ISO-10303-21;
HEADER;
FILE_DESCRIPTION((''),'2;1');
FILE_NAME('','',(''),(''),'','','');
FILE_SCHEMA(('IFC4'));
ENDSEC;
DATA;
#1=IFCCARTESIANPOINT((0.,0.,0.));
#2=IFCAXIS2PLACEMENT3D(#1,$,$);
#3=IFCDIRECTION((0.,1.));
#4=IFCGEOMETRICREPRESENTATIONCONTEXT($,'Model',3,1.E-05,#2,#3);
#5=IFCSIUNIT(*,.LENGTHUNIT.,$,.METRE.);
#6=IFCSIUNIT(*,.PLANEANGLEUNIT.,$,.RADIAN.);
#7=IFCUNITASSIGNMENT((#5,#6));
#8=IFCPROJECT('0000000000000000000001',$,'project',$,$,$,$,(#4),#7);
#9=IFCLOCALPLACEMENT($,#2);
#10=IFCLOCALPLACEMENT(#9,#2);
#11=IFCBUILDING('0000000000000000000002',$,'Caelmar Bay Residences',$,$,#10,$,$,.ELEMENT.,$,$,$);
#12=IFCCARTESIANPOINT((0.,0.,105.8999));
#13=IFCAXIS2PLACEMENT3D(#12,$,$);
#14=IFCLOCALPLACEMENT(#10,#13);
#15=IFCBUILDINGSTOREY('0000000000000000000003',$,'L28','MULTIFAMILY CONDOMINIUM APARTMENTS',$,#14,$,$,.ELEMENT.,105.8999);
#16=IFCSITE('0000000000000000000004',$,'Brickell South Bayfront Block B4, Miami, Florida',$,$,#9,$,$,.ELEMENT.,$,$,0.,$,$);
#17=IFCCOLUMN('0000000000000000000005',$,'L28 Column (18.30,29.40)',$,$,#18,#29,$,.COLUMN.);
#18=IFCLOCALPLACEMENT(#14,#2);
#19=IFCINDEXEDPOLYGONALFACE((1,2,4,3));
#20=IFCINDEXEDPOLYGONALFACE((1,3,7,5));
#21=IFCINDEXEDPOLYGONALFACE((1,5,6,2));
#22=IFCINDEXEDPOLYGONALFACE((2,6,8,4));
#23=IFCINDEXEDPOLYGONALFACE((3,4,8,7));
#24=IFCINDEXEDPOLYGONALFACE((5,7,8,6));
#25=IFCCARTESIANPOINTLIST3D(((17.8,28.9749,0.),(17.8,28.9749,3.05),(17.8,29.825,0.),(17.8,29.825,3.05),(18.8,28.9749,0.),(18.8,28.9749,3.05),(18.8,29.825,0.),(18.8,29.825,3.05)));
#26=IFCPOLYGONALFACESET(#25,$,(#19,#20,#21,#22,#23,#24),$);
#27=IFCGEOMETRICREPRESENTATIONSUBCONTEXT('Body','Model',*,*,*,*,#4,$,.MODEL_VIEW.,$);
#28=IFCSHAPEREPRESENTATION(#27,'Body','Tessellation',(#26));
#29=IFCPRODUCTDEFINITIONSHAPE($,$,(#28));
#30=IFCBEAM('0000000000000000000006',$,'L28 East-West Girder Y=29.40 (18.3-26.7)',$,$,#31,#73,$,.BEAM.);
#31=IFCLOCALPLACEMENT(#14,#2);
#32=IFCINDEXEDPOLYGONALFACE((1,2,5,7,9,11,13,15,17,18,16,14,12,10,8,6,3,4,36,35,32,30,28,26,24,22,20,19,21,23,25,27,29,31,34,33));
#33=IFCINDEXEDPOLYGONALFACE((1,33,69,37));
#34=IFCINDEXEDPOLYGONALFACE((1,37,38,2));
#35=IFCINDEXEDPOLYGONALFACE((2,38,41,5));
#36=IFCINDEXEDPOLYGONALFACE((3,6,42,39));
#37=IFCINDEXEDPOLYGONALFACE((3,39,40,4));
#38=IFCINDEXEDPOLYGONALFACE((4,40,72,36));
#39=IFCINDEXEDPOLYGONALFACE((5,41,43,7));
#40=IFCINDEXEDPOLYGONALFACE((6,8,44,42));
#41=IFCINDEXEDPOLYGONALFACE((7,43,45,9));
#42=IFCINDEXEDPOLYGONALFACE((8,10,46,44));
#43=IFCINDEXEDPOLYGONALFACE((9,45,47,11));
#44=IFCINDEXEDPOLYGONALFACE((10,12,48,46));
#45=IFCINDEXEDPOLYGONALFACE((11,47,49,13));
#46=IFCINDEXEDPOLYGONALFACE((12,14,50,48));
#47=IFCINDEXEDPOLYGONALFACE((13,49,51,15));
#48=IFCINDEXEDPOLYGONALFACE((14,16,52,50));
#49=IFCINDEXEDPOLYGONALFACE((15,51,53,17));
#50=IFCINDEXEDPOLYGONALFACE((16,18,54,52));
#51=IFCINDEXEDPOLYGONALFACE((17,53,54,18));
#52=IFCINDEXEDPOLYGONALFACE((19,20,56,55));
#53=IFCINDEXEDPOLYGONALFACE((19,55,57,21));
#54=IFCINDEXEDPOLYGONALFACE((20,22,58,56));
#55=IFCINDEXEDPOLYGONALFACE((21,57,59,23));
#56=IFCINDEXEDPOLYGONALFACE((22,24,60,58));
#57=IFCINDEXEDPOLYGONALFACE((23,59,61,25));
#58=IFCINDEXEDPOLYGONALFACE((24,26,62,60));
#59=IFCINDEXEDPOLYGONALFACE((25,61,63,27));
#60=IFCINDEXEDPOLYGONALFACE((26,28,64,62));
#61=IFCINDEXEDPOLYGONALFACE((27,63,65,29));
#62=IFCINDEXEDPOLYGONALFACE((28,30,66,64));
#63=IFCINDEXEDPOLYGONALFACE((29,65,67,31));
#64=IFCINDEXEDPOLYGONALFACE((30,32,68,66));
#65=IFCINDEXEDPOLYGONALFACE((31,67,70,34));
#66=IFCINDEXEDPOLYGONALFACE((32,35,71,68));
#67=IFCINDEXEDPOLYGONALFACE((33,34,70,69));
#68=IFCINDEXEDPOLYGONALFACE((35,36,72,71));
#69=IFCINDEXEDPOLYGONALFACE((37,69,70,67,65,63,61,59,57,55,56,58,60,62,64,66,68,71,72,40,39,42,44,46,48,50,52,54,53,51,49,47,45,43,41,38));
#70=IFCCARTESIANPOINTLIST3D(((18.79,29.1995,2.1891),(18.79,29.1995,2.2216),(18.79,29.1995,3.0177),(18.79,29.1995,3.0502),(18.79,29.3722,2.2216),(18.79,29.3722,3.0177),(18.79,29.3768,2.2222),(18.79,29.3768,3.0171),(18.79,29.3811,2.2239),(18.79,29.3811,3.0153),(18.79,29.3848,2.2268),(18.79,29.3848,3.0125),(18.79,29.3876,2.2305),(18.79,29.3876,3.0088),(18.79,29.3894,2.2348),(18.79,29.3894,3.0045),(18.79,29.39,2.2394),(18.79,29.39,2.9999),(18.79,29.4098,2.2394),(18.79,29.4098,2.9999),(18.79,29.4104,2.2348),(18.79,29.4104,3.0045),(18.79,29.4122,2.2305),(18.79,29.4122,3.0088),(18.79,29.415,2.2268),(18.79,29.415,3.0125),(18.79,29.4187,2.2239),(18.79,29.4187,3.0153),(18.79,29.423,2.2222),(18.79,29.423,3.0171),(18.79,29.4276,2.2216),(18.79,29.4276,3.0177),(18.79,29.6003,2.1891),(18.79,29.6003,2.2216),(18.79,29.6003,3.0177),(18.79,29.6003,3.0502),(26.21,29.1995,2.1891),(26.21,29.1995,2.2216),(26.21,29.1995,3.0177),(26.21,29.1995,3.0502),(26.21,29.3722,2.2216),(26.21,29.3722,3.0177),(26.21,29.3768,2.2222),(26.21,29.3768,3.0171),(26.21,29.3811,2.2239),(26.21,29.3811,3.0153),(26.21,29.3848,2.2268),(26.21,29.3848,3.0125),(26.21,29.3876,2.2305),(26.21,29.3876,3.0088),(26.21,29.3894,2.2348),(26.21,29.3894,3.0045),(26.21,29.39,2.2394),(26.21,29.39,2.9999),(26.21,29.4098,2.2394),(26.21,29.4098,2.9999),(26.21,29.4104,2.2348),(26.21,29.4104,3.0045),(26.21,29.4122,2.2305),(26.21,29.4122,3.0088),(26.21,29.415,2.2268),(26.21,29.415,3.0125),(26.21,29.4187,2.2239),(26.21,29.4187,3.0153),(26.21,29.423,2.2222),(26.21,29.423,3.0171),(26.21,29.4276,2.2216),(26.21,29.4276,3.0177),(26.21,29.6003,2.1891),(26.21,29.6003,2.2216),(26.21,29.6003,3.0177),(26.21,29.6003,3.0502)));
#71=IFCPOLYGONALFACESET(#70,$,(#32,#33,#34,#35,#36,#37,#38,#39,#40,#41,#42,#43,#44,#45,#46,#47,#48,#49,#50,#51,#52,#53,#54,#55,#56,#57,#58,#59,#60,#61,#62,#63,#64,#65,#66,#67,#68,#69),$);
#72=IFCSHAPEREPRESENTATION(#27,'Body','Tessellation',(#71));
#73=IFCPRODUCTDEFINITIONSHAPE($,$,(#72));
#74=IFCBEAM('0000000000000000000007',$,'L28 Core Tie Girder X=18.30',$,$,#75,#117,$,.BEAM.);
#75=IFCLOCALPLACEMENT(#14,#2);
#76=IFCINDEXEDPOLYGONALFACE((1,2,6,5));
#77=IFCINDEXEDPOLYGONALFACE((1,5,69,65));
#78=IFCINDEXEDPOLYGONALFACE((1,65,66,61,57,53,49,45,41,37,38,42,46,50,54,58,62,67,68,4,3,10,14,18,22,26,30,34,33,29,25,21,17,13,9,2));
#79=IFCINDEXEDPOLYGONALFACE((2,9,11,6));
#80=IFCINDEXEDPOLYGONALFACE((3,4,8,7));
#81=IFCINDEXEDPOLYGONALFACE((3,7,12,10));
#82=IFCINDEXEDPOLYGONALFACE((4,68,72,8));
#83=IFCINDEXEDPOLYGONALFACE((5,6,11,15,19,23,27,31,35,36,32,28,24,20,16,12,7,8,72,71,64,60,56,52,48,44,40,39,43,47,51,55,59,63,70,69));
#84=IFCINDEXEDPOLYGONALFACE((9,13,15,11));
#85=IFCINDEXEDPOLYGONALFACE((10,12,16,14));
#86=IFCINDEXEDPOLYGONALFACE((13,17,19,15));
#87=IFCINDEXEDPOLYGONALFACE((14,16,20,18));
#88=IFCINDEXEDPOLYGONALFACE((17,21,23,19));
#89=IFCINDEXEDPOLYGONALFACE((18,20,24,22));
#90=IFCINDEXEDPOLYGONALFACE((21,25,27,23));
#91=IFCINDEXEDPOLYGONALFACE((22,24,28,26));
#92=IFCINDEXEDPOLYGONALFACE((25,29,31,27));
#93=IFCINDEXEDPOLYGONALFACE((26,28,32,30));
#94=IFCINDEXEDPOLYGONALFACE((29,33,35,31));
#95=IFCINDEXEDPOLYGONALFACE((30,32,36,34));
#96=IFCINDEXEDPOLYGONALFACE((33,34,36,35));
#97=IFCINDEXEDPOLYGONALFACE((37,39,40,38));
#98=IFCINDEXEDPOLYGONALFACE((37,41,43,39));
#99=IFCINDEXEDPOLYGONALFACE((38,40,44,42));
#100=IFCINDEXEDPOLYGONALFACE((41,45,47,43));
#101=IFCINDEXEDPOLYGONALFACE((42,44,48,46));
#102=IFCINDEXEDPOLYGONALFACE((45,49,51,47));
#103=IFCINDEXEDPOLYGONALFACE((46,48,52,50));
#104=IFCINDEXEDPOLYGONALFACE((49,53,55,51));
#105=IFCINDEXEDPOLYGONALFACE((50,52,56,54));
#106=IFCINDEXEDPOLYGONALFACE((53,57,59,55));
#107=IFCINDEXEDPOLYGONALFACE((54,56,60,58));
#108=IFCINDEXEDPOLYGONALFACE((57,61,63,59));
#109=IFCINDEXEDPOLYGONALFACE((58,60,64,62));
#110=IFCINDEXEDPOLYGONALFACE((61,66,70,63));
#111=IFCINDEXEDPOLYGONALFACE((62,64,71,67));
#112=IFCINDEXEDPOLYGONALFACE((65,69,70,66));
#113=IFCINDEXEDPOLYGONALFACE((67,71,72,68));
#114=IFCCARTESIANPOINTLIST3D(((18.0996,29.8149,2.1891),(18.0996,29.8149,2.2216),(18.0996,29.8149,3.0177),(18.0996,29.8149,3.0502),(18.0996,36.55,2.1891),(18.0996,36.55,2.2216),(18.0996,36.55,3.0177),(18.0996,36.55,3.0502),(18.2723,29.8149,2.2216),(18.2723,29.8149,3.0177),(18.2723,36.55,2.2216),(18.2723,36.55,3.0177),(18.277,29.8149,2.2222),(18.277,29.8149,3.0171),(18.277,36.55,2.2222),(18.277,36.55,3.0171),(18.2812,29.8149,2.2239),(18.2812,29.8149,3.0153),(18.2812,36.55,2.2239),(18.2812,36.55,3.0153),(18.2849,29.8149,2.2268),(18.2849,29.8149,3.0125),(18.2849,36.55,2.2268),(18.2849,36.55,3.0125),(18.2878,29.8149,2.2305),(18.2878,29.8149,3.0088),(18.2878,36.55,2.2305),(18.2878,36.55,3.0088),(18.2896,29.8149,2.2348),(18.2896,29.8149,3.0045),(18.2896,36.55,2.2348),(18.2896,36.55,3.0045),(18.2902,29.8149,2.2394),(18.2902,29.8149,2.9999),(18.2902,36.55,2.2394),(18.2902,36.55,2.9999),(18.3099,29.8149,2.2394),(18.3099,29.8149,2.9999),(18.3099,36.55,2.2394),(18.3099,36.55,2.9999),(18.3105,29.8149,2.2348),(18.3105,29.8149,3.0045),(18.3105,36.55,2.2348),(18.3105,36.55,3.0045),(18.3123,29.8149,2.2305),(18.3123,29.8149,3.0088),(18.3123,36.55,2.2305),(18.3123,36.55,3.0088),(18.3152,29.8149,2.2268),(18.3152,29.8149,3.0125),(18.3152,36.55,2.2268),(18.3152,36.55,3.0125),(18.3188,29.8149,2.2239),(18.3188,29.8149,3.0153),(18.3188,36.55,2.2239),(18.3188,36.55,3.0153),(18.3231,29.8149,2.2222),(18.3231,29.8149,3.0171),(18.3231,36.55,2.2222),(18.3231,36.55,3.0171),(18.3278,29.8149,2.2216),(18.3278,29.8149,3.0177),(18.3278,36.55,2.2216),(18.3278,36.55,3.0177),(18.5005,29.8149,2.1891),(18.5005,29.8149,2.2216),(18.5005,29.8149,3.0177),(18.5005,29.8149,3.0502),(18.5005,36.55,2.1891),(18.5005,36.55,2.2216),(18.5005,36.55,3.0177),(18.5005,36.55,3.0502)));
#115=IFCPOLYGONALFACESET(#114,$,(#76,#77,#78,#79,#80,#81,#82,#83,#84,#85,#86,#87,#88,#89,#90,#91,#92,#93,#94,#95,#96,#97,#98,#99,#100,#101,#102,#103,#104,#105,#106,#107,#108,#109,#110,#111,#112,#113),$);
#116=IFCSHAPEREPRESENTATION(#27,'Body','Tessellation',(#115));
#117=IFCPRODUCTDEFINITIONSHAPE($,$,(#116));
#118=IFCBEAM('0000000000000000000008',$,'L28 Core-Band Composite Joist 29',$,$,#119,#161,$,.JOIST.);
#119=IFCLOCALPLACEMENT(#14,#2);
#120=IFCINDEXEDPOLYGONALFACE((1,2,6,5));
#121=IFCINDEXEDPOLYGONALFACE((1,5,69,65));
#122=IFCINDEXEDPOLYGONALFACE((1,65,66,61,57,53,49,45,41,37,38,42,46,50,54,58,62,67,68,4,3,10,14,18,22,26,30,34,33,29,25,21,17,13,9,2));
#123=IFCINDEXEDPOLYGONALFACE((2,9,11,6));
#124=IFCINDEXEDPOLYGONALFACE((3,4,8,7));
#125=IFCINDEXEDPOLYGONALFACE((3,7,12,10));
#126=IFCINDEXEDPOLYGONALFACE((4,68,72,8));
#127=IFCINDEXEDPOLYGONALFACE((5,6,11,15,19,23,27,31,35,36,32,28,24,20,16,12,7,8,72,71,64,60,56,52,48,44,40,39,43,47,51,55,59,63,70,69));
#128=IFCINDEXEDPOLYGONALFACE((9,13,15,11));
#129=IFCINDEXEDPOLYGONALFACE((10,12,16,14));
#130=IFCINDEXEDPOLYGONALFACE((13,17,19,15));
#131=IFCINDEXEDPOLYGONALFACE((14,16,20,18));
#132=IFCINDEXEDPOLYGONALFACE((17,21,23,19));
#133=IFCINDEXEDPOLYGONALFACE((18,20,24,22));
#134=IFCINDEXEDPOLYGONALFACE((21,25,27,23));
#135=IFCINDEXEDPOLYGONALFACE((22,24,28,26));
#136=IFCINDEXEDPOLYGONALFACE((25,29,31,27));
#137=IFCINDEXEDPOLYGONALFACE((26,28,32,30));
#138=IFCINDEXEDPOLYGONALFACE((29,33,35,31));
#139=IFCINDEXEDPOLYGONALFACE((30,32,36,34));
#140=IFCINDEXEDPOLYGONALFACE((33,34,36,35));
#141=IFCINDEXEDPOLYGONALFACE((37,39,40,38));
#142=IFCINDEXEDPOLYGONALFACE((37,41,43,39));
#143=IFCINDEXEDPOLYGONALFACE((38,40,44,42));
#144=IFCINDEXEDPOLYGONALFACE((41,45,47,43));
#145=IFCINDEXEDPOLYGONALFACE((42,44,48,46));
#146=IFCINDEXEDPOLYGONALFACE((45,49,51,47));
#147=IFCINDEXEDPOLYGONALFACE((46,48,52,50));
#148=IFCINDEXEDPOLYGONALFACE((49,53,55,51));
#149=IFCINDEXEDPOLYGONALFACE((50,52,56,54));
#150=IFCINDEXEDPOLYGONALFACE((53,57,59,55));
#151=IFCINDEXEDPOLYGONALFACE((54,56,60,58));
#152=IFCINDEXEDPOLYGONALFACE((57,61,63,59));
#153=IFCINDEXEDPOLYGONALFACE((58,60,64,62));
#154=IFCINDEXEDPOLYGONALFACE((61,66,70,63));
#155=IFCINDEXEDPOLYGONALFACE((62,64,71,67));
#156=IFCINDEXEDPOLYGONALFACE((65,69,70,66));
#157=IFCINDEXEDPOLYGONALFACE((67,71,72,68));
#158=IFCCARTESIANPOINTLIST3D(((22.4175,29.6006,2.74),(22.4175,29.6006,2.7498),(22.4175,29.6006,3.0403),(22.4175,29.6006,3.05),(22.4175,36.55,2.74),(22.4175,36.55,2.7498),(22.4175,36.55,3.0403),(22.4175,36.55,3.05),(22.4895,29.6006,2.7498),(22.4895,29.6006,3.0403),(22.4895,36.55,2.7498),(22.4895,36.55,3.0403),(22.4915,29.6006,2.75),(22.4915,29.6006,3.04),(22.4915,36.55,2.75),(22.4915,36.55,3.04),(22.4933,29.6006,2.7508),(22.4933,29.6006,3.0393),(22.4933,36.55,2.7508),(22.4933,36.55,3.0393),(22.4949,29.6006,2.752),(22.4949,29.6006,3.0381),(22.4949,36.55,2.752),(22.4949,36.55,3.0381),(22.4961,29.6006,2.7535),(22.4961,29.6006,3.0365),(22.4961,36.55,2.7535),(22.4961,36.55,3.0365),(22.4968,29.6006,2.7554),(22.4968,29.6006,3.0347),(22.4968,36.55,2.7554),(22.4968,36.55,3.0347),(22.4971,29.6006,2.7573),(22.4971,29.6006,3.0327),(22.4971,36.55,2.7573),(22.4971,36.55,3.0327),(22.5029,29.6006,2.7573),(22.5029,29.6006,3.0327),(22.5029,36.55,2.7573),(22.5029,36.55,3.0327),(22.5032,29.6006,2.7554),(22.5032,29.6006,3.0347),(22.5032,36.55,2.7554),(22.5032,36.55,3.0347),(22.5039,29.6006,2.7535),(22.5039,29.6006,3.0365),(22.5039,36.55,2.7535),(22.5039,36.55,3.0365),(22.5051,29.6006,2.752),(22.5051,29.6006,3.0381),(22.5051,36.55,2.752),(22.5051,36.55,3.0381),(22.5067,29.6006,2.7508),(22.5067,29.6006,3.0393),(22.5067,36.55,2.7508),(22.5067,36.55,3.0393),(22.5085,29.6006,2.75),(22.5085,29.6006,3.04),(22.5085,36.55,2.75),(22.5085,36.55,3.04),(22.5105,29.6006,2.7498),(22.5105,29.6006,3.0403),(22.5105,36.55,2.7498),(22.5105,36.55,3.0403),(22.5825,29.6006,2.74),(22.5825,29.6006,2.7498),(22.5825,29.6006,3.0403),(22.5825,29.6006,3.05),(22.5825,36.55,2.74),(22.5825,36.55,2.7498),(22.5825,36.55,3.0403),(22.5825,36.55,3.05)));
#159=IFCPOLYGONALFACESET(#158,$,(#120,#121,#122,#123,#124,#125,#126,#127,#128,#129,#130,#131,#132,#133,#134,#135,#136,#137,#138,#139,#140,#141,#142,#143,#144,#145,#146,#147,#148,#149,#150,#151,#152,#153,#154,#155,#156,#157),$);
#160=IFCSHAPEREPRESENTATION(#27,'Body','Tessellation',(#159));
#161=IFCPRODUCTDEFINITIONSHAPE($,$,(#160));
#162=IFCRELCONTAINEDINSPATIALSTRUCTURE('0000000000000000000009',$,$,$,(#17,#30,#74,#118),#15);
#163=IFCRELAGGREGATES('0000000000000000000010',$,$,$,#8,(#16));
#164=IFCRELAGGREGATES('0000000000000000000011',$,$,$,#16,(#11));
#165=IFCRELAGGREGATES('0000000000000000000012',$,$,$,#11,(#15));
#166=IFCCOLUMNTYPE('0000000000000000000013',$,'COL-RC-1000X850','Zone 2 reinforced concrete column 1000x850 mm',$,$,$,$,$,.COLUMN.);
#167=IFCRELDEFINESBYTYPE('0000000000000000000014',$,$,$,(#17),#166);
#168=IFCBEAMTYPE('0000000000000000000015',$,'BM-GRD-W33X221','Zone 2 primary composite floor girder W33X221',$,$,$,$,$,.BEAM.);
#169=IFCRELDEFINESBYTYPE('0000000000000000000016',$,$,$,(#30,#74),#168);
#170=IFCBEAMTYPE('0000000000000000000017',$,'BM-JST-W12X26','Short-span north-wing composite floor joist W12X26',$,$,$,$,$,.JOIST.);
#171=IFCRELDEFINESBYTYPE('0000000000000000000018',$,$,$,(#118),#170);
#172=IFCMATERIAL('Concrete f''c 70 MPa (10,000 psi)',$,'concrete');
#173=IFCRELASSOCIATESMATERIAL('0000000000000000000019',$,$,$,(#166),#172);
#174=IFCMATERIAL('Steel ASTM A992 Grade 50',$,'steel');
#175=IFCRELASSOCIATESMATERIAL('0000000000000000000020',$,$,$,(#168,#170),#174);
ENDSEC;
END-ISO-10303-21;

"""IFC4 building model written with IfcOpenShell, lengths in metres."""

from ifc_helpers import new_model, si_unit, direction, frame, origin, origin_2d, place, context, subcontext, project, spatial, rectangle, i_section, extrude, material, material_profile, profile_set, type_object, element, save


model = new_model("IFC4")

# Units and contexts
model_context = context("Model", 3, precision=1e-05, world=origin(), true_north=direction((0.0, 1.0)))
body_context = subcontext(model_context, "Body", "Model", "MODEL_VIEW")
ifc_project = project(units=[si_unit("LENGTHUNIT", "METRE"), si_unit("PLANEANGLEUNIT", "RADIAN")], contexts=[model_context])

# Site, building, storey
site_placement = place(None, origin())
site = spatial("IfcSite", under=ifc_project, at=site_placement, Name="Brickell South Bayfront Block B4, Miami, Florida", CompositionType="ELEMENT", RefElevation=0.0)
building_placement = place(site_placement, origin())
building = spatial("IfcBuilding", under=site, at=building_placement, Name="Caelmar Bay Residences", CompositionType="ELEMENT")
storey_placement = place(building_placement, frame((0.0, 0.0, 105.8999)))
storey = spatial("IfcBuildingStorey", under=building, at=storey_placement, Name="L28", Description="MULTIFAMILY CONDOMINIUM APARTMENTS", CompositionType="ELEMENT", Elevation=105.8999)

# Column
ifc_material_1 = material(Name="Concrete f'c 70 MPa (10,000 psi)", Category="concrete")
ifc_material_profile_1 = material_profile(ifc_material_1, rectangle(XDim=1.0, YDim=0.8501, at=origin_2d()), Name="RC-COL-1000X850")
ifc_profile_set_1 = profile_set([ifc_material_profile_1], Name="Concrete f'c 70 MPa (10,000 psi)")
column_type = type_object("IfcColumnType", Name="COL-RC-1000X850", Description="Zone 2 reinforced concrete column 1000x850 mm", PredefinedType="COLUMN", material=ifc_profile_set_1)
column_placement = place(storey_placement, frame((18.3, 29.3999, 0.0), z_axis=(0.0, 0.0, 1.0), x_axis=(1.0, 0.0, 0.0)))
element("IfcColumn", 1, at=column_placement, inside=storey, type_object=column_type, Name="L28 Column (18.30,29.40)", PredefinedType="COLUMN", context=body_context, shape_type="SweptSolid", body=[
    extrude(rectangle(XDim=1.0, YDim=0.8501, at=origin_2d()), origin(), (0.0, 0.0, 1.0), 3.05),
])

# Beams
ifc_material_2 = material(Name="Steel ASTM A992 Grade 50", Category="steel")
ifc_material_profile_2 = material_profile(ifc_material_2, i_section(OverallWidth=0.4009, OverallDepth=0.8611, WebThickness=0.0198, FlangeThickness=0.0325, FilletRadius=0.0178, at=origin_2d()), Name="W33X221")
ifc_profile_set_2 = profile_set([ifc_material_profile_2], Name="Steel ASTM A992 Grade 50")
beam_type_1 = type_object("IfcBeamType", Name="BM-GRD-W33X221", Description="Zone 2 primary composite floor girder W33X221", PredefinedType="BEAM", material=ifc_profile_set_2)
beam_1_placement = place(storey_placement, frame((18.79, 29.3999, 2.6196), z_axis=(1.0, 0.0, 0.0), x_axis=(0.0, 1.0, 0.0)))
element("IfcBeam", 2, at=beam_1_placement, inside=storey, type_object=beam_type_1, Name="L28 East-West Girder Y=29.40 (18.3-26.7)", PredefinedType="BEAM", context=body_context, shape_type="SweptSolid", body=[
    extrude(i_section(OverallWidth=0.4009, OverallDepth=0.8611, WebThickness=0.0198, FlangeThickness=0.0325, FilletRadius=0.0178, at=origin_2d()), origin(), (0.0, 0.0, 1.0), 7.4199),
])
beam_2_placement = place(storey_placement, frame((18.3, 29.8149, 2.6196), z_axis=(0.0, 1.0, 0.0), x_axis=(-1.0, 0.0, 0.0)))
element("IfcBeam", 3, at=beam_2_placement, inside=storey, type_object=beam_type_1, Name="L28 Core Tie Girder X=18.30", PredefinedType="BEAM", context=body_context, shape_type="SweptSolid", body=[
    extrude(i_section(OverallWidth=0.4009, OverallDepth=0.8611, WebThickness=0.0198, FlangeThickness=0.0325, FilletRadius=0.0178, at=origin_2d()), origin(), (0.0, 0.0, 1.0), 6.7351),
])
ifc_material_profile_3 = material_profile(ifc_material_2, i_section(OverallWidth=0.165, OverallDepth=0.3101, WebThickness=0.0059, FlangeThickness=0.0098, FilletRadius=0.0076, at=origin_2d()), Name="W12X26")
ifc_profile_set_3 = profile_set([ifc_material_profile_3], Name="Steel ASTM A992 Grade 50")
beam_type_2 = type_object("IfcBeamType", Name="BM-JST-W12X26", Description="Short-span north-wing composite floor joist W12X26", PredefinedType="JOIST", material=ifc_profile_set_3)
beam_3_placement = place(storey_placement, frame((22.5, 29.6006, 2.895), z_axis=(0.0, 1.0, 0.0), x_axis=(-1.0, 0.0, 0.0)))
element("IfcBeam", 4, at=beam_3_placement, inside=storey, type_object=beam_type_2, Name="L28 Core-Band Composite Joist 29", PredefinedType="JOIST", context=body_context, shape_type="SweptSolid", body=[
    extrude(i_section(OverallWidth=0.165, OverallDepth=0.3101, WebThickness=0.0059, FlangeThickness=0.0098, FilletRadius=0.0076, at=origin_2d()), origin(), (0.0, 0.0, 1.0), 6.9495),
])

save(model, "model.ifc")
